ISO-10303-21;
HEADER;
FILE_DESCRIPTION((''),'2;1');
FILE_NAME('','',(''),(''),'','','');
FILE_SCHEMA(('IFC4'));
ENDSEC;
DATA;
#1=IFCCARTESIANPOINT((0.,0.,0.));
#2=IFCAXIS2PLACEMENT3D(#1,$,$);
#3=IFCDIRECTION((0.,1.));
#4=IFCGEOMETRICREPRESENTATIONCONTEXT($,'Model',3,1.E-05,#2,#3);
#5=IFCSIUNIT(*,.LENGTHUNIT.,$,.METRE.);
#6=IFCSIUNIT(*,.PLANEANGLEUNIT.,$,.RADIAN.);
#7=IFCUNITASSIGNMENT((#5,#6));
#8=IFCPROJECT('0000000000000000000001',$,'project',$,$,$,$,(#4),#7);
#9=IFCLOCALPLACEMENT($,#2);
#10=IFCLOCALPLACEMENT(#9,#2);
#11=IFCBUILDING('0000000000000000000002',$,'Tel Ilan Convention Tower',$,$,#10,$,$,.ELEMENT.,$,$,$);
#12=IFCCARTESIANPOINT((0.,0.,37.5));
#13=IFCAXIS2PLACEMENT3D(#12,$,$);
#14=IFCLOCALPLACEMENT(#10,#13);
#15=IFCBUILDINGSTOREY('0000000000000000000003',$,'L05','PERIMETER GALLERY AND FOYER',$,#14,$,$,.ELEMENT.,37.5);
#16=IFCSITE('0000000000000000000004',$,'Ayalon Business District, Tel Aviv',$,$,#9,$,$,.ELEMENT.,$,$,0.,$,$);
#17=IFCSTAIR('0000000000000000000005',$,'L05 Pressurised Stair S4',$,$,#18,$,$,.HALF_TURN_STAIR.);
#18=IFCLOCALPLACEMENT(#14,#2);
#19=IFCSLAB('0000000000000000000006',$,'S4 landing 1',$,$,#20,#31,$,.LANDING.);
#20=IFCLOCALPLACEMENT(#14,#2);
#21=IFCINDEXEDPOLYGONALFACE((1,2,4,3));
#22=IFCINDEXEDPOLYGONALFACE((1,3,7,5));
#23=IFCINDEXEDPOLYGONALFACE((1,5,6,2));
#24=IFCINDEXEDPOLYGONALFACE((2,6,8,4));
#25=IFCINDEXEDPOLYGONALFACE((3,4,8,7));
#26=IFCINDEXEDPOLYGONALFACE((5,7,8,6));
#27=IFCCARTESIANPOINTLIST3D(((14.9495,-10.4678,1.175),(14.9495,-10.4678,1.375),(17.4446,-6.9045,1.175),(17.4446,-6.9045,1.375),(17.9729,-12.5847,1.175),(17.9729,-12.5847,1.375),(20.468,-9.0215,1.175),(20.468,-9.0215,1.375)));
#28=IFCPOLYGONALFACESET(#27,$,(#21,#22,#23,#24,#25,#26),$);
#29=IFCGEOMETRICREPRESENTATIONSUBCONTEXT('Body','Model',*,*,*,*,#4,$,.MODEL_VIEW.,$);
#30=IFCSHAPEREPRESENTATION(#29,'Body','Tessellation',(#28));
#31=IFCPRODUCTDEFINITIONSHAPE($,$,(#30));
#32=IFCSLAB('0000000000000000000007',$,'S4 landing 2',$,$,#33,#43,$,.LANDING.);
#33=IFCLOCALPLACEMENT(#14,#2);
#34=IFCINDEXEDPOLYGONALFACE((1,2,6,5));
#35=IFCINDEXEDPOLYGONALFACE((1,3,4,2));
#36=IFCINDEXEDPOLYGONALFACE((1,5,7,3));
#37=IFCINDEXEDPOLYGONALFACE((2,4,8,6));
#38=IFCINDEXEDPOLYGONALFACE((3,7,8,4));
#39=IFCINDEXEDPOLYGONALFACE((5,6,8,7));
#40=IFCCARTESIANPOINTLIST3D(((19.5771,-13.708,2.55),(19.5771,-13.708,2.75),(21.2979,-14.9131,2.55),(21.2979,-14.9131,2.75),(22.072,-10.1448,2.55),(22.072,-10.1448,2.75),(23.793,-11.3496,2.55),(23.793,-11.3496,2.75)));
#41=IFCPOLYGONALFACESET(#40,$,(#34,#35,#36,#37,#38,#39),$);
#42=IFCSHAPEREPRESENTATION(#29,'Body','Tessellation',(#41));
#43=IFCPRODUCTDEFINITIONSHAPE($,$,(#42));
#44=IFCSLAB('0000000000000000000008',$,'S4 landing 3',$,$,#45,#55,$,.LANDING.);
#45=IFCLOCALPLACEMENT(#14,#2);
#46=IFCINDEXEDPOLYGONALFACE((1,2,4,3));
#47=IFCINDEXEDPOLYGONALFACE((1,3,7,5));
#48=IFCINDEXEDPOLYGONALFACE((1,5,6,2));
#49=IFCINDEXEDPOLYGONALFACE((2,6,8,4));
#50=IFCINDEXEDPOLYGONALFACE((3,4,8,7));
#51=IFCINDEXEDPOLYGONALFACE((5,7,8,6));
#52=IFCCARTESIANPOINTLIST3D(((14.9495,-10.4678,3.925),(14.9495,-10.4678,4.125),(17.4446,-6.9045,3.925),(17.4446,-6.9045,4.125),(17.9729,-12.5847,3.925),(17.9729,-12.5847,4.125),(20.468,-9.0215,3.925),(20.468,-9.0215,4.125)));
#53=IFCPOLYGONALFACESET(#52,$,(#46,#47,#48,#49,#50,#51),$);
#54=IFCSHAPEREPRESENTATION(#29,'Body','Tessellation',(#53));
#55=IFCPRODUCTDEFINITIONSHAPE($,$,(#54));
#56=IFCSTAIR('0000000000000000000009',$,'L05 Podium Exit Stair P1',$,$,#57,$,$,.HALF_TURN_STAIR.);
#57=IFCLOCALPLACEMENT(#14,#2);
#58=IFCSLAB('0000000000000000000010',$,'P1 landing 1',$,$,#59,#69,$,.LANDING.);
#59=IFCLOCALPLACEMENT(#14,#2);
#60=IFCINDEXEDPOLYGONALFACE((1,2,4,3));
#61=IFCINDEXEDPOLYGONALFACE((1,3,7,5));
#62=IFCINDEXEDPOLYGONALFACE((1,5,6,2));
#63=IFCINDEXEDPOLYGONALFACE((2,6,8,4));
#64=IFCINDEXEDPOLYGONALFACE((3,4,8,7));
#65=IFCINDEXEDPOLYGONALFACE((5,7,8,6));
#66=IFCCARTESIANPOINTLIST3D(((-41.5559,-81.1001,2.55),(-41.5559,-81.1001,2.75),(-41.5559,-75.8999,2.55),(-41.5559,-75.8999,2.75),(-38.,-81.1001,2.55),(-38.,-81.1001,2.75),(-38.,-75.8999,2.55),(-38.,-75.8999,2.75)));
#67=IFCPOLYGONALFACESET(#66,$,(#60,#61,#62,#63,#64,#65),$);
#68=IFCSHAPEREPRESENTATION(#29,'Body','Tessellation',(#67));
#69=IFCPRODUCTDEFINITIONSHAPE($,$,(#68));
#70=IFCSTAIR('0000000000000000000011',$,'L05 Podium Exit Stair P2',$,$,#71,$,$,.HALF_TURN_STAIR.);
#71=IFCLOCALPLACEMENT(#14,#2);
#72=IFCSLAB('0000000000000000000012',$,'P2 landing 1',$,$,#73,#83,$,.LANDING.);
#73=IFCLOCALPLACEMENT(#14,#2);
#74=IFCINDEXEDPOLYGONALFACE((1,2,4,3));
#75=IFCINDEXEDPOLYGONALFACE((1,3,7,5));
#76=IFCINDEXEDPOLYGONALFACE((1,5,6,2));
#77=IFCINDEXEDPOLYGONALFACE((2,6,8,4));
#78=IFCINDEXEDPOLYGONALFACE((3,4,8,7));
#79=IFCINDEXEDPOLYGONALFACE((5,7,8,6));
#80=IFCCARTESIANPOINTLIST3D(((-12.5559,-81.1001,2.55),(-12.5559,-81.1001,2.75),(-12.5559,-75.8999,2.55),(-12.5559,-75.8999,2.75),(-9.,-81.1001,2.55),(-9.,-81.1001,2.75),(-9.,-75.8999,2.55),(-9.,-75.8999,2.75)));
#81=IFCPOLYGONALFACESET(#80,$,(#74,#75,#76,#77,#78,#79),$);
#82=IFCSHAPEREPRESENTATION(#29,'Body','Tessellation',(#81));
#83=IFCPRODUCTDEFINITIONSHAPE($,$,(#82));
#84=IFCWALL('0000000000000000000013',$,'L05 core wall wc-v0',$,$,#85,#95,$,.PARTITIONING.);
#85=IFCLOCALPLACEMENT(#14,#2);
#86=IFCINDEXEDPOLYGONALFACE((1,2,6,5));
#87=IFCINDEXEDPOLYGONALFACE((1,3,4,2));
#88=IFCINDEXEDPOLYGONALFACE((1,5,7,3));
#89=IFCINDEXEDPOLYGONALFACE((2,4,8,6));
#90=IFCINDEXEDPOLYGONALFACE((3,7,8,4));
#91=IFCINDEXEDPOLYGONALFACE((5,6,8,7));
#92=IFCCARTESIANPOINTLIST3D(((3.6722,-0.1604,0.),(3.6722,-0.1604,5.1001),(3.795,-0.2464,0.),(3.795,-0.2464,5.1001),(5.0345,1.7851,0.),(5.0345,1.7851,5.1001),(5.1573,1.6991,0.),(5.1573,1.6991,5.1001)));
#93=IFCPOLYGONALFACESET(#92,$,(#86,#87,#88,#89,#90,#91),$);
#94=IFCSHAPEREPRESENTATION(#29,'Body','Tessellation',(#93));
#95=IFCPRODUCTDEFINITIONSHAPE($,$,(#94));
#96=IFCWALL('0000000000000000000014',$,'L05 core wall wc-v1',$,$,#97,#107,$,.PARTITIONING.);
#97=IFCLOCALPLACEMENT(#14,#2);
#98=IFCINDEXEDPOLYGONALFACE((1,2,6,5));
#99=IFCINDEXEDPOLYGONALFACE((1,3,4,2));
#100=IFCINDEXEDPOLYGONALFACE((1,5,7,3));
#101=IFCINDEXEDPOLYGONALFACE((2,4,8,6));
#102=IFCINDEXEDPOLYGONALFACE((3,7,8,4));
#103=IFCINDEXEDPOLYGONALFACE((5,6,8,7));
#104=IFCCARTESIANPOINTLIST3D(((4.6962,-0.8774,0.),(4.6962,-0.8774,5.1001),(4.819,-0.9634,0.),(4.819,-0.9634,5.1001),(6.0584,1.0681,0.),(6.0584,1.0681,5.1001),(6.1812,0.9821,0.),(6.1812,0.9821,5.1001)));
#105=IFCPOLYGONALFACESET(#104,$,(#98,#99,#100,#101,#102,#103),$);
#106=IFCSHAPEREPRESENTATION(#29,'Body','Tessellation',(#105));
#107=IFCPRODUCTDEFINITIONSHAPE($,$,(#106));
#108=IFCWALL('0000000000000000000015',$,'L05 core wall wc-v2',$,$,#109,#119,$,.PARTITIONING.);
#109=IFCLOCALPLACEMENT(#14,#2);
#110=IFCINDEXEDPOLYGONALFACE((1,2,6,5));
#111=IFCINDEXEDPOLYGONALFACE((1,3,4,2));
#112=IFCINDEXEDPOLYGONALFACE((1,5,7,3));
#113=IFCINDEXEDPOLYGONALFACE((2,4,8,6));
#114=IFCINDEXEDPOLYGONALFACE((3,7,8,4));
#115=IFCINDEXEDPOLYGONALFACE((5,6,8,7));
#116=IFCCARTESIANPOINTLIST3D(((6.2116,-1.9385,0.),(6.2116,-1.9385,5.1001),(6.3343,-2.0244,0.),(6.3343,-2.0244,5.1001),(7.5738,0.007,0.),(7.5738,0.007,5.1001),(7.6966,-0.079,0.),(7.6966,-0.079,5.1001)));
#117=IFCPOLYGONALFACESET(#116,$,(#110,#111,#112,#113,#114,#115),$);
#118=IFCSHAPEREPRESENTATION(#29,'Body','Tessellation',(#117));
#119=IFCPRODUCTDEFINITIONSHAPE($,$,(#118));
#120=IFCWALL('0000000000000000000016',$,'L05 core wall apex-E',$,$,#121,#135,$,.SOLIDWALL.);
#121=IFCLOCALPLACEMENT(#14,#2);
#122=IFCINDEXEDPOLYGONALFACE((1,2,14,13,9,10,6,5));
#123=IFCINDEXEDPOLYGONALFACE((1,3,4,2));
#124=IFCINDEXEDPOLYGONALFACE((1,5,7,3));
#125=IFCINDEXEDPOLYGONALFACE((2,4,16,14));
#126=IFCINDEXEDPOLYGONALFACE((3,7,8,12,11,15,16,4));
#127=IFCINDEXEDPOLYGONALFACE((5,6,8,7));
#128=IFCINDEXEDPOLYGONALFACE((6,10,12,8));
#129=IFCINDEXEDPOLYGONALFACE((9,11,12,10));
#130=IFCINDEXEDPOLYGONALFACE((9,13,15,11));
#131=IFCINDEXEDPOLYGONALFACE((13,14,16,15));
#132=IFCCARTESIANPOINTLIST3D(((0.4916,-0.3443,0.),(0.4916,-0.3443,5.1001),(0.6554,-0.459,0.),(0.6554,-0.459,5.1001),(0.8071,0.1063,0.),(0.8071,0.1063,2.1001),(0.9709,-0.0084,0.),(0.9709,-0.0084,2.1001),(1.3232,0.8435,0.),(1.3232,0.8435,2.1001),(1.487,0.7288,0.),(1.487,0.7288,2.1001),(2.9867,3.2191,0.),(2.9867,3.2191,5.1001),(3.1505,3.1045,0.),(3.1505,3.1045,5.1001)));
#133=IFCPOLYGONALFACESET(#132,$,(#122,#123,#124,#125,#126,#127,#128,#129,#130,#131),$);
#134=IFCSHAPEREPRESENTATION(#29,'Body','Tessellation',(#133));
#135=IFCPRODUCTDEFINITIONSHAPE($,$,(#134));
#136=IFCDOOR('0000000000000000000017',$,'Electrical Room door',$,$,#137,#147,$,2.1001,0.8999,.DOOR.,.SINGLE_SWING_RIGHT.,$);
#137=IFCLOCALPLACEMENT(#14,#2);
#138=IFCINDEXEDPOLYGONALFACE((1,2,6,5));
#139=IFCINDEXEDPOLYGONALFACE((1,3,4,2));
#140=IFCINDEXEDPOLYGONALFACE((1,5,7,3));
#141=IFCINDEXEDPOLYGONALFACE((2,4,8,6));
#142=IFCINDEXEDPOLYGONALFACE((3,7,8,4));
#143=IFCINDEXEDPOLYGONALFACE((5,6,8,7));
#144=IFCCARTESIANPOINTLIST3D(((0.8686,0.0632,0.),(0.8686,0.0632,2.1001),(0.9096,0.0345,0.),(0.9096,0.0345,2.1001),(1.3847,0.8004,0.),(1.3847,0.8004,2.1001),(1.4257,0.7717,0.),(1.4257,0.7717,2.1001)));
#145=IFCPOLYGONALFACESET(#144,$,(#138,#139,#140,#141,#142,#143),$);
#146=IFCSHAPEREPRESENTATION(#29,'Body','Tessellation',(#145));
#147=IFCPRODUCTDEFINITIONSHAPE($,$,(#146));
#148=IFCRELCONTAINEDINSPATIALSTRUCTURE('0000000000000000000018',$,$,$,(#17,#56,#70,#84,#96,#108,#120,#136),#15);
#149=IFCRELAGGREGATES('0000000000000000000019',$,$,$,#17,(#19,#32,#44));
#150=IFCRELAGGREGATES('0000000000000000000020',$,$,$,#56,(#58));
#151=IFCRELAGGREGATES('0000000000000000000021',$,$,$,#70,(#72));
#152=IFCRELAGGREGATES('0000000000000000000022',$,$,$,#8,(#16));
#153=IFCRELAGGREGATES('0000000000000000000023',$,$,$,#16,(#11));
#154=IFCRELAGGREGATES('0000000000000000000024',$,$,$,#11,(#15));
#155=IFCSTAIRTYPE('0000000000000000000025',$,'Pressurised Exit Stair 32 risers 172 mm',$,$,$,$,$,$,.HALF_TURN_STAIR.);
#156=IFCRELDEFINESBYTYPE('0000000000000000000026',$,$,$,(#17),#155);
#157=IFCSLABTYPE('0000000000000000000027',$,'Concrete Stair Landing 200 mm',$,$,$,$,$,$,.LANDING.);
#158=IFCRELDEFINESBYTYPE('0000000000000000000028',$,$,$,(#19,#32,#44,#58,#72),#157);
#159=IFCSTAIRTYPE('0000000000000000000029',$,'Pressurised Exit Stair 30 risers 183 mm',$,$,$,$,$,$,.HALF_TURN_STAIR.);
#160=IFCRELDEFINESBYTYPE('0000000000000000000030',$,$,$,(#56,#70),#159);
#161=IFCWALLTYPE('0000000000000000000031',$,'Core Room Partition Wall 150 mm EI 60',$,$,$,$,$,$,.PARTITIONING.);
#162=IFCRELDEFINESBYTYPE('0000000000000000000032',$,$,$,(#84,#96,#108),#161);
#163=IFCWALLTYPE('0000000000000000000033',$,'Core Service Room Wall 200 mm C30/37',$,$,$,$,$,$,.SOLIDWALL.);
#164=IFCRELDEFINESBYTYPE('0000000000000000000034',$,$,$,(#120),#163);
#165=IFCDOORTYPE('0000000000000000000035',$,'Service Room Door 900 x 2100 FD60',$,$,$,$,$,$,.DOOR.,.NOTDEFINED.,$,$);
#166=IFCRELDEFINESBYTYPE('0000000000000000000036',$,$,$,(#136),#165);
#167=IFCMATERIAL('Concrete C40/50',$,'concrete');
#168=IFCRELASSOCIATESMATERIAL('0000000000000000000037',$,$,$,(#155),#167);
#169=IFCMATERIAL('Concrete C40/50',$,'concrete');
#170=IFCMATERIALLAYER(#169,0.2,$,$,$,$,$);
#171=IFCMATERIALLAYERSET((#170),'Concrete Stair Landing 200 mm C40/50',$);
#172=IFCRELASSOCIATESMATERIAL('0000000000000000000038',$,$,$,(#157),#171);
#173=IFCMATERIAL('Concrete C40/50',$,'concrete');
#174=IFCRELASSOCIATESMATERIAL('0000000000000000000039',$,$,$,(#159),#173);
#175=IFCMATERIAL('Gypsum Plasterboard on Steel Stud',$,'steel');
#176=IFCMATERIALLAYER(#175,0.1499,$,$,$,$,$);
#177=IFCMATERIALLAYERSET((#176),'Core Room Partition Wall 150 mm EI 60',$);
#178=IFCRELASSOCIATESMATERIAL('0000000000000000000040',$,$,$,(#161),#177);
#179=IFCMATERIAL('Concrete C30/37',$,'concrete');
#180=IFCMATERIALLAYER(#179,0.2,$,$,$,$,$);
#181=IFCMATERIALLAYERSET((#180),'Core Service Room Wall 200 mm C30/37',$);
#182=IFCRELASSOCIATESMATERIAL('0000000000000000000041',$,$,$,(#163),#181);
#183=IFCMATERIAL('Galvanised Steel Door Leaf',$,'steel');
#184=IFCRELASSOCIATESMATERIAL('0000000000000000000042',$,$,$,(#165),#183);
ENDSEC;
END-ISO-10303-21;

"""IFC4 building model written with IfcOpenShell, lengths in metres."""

from ifc_helpers import new_model, si_unit, direction, frame, frame_2d, origin, place, context, subcontext, project, spatial, polyline, rectangle, outline, extrude, material, layer, layer_set, type_object, element, fill, aggregate, save


model = new_model("IFC4")

# Units and contexts
model_context = context("Model", 3, precision=1e-05, world=origin(), true_north=direction((0.0, 1.0)))
body_context = subcontext(model_context, "Body", "Model", "MODEL_VIEW")
ifc_project = project(units=[si_unit("LENGTHUNIT", "METRE"), si_unit("PLANEANGLEUNIT", "RADIAN")], contexts=[model_context])

# Site, building, storey
site_placement = place(None, origin())
site = spatial("IfcSite", under=ifc_project, at=site_placement, Name="Ayalon Business District, Tel Aviv", CompositionType="ELEMENT", RefElevation=0.0)
building_placement = place(site_placement, origin())
building = spatial("IfcBuilding", under=site, at=building_placement, Name="Tel Ilan Convention Tower", CompositionType="ELEMENT")
storey_placement = place(building_placement, frame((0.0, 0.0, 37.5)))
storey = spatial("IfcBuildingStorey", under=building, at=storey_placement, Name="L05", Description="PERIMETER GALLERY AND FOYER", CompositionType="ELEMENT", Elevation=37.5)

# Stair, slabs
ifc_material_1 = material(Name="Concrete C40/50", Category="concrete")
stair_type_1 = type_object("IfcStairType", Name="Pressurised Exit Stair 32 risers 172 mm", PredefinedType="HALF_TURN_STAIR", material=ifc_material_1)
stair_1_placement = place(storey_placement, origin())
stair_1 = element("IfcStair", 1, at=stair_1_placement, inside=storey, type_object=stair_type_1, Name="L05 Pressurised Stair S4", PredefinedType="HALF_TURN_STAIR")
ifc_material_2 = material(Name="Concrete C40/50", Category="concrete")
ifc_layer_1 = layer(ifc_material_2, 0.2)
ifc_layer_set_1 = layer_set([ifc_layer_1], Name="Concrete Stair Landing 200 mm C40/50")
slab_type = type_object("IfcSlabType", Name="Concrete Stair Landing 200 mm", PredefinedType="LANDING", material=ifc_layer_set_1)
slab_1_placement = place(storey_placement, frame((0.0, 0.0, 1.175)))
slab_1 = element("IfcSlab", 2, at=slab_1_placement, type_object=slab_type, Name="S4 landing 1", PredefinedType="LANDING", context=body_context, shape_type="SweptSolid", body=[
    extrude(outline(polyline([(20.468, -9.0215), (17.4446, -6.9045), (14.9495, -10.4678), (17.9729, -12.5847), (20.468, -9.0215)])), origin(), (0.0, 0.0, 1.0), 0.2),
])
slab_2_placement = place(storey_placement, frame((0.0, 0.0, 2.55)))
slab_2 = element("IfcSlab", 3, at=slab_2_placement, type_object=slab_type, Name="S4 landing 2", PredefinedType="LANDING", context=body_context, shape_type="SweptSolid", body=[
    extrude(outline(polyline([(23.793, -11.3496), (22.072, -10.1448), (19.5771, -13.708), (21.2979, -14.9131), (23.793, -11.3496)])), origin(), (0.0, 0.0, 1.0), 0.2),
])
slab_3_placement = place(storey_placement, frame((0.0, 0.0, 3.925)))
slab_3 = element("IfcSlab", 4, at=slab_3_placement, type_object=slab_type, Name="S4 landing 3", PredefinedType="LANDING", context=body_context, shape_type="SweptSolid", body=[
    extrude(outline(polyline([(20.468, -9.0215), (17.4446, -6.9045), (14.9495, -10.4678), (17.9729, -12.5847), (20.468, -9.0215)])), origin(), (0.0, 0.0, 1.0), 0.2),
])
aggregate(stair_1, [slab_1, slab_2, slab_3])

# Stairs, slabs
ifc_material_3 = material(Name="Concrete C40/50", Category="concrete")
stair_type_2 = type_object("IfcStairType", Name="Pressurised Exit Stair 30 risers 183 mm", PredefinedType="HALF_TURN_STAIR", material=ifc_material_3)
stair_2_placement = place(storey_placement, origin())
stair_2 = element("IfcStair", 5, at=stair_2_placement, inside=storey, type_object=stair_type_2, Name="L05 Podium Exit Stair P1", PredefinedType="HALF_TURN_STAIR")
slab_4_placement = place(storey_placement, frame((0.0, 0.0, 2.55)))
slab_4 = element("IfcSlab", 6, at=slab_4_placement, type_object=slab_type, Name="P1 landing 1", PredefinedType="LANDING", context=body_context, shape_type="SweptSolid", body=[
    extrude(outline(polyline([(-41.5559, -81.1001), (-38.0, -81.1001), (-38.0, -75.8999), (-41.5559, -75.8999), (-41.5559, -81.1001)])), origin(), (0.0, 0.0, 1.0), 0.2),
])
aggregate(stair_2, [slab_4])
stair_3_placement = place(storey_placement, origin())
stair_3 = element("IfcStair", 7, at=stair_3_placement, inside=storey, type_object=stair_type_2, Name="L05 Podium Exit Stair P2", PredefinedType="HALF_TURN_STAIR")
slab_5_placement = place(storey_placement, frame((0.0, 0.0, 2.55)))
slab_5 = element("IfcSlab", 8, at=slab_5_placement, type_object=slab_type, Name="P2 landing 1", PredefinedType="LANDING", context=body_context, shape_type="SweptSolid", body=[
    extrude(outline(polyline([(-12.5559, -81.1001), (-9.0, -81.1001), (-9.0, -75.8999), (-12.5559, -75.8999), (-12.5559, -81.1001)])), origin(), (0.0, 0.0, 1.0), 0.2),
])
aggregate(stair_3, [slab_5])

# Walls
ifc_material_4 = material(Name="Gypsum Plasterboard on Steel Stud", Category="steel")
ifc_layer_2 = layer(ifc_material_4, 0.1499)
ifc_layer_set_2 = layer_set([ifc_layer_2], Name="Core Room Partition Wall 150 mm EI 60")
wall_type_1 = type_object("IfcWallType", Name="Core Room Partition Wall 150 mm EI 60", PredefinedType="PARTITIONING", material=ifc_layer_set_2)
for number, where, z_axis, x_axis, name in (
    (9, (3.7336, -0.2034, 0.0), (0.0, 0.0, 1.0), (0.57358, 0.81915, 0.0), "L05 core wall wc-v0"),
    (10, (4.7576, -0.9204, 0.0), (0.0, 0.0, 1.0), (0.57358, 0.81915, 0.0), "L05 core wall wc-v1"),
    (11, (6.2729, -1.9814, 0.0), (0.0, 0.0, 1.0), (0.57358, 0.81915, 0.0), "L05 core wall wc-v2"),
):
    element("IfcWall", number, at=place(storey_placement, frame(where, z_axis=z_axis, x_axis=x_axis)), inside=storey, type_object=wall_type_1, Name=name, PredefinedType="PARTITIONING", context=body_context, shape_type="SweptSolid", body=[
        extrude(rectangle(XDim=2.375, YDim=0.1499, at=frame_2d((1.1875, 0.0))), origin(), (0.0, 0.0, 1.0), 5.1001),
    ])

# Wall, opening, door
ifc_material_5 = material(Name="Concrete C30/37", Category="concrete")
ifc_layer_3 = layer(ifc_material_5, 0.2)
ifc_layer_set_3 = layer_set([ifc_layer_3], Name="Core Service Room Wall 200 mm C30/37")
wall_type_2 = type_object("IfcWallType", Name="Core Service Room Wall 200 mm C30/37", PredefinedType="SOLIDWALL", material=ifc_layer_set_3)
wall_1_placement = place(storey_placement, frame((0.5735, -0.4016, 0.0), z_axis=(0.0, 0.0, 1.0), x_axis=(0.573568, 0.819158, 0.0)))
wall_1 = element("IfcWall", 12, at=wall_1_placement, inside=storey, type_object=wall_type_2, Name="L05 core wall apex-E", PredefinedType="SOLIDWALL", context=body_context, shape_type="SweptSolid", body=[
    extrude(rectangle(XDim=4.3501, YDim=0.2, at=frame_2d((2.175, 0.0))), origin(), (0.0, 0.0, 1.0), 5.1001),
])
opening_1_placement = place(wall_1_placement, frame((0.55, 0.0, 0.0)))
opening_1 = element("IfcOpeningElement", 13, at=opening_1_placement, cuts=wall_1, PredefinedType="OPENING", context=body_context, shape_type="SweptSolid", body=[
    extrude(rectangle(XDim=0.8999, YDim=2.1001, at=frame_2d((0.45, 1.05))), frame((0.0, 0.1099, 0.0), z_axis=(0.0, -1.0, 0.0), x_axis=(1.0, 0.0, 0.0)), (0.0, 0.0, 1.0), 0.22),
])
ifc_material_6 = material(Name="Galvanised Steel Door Leaf", Category="steel")
door_type_1 = type_object("IfcDoorType", Name="Service Room Door 900 x 2100 FD60", OperationType="NOTDEFINED", PredefinedType="DOOR", material=ifc_material_6)
door_1_placement = place(opening_1_placement, origin())
door_1 = element("IfcDoor", 14, at=door_1_placement, inside=storey, type_object=door_type_1, Name="Electrical Room door", OperationType="SINGLE_SWING_RIGHT", OverallHeight=2.1001, OverallWidth=0.8999, PredefinedType="DOOR", context=body_context, shape_type="SweptSolid", body=[
    extrude(rectangle(XDim=0.8999, YDim=2.1001, at=frame_2d((0.45, 1.05))), frame((0.0, 0.0249, 0.0), z_axis=(0.0, -1.0, 0.0), x_axis=(1.0, 0.0, 0.0)), (0.0, 0.0, 1.0), 0.05),
])
fill(opening_1, door_1)

save(model, "model.ifc")
